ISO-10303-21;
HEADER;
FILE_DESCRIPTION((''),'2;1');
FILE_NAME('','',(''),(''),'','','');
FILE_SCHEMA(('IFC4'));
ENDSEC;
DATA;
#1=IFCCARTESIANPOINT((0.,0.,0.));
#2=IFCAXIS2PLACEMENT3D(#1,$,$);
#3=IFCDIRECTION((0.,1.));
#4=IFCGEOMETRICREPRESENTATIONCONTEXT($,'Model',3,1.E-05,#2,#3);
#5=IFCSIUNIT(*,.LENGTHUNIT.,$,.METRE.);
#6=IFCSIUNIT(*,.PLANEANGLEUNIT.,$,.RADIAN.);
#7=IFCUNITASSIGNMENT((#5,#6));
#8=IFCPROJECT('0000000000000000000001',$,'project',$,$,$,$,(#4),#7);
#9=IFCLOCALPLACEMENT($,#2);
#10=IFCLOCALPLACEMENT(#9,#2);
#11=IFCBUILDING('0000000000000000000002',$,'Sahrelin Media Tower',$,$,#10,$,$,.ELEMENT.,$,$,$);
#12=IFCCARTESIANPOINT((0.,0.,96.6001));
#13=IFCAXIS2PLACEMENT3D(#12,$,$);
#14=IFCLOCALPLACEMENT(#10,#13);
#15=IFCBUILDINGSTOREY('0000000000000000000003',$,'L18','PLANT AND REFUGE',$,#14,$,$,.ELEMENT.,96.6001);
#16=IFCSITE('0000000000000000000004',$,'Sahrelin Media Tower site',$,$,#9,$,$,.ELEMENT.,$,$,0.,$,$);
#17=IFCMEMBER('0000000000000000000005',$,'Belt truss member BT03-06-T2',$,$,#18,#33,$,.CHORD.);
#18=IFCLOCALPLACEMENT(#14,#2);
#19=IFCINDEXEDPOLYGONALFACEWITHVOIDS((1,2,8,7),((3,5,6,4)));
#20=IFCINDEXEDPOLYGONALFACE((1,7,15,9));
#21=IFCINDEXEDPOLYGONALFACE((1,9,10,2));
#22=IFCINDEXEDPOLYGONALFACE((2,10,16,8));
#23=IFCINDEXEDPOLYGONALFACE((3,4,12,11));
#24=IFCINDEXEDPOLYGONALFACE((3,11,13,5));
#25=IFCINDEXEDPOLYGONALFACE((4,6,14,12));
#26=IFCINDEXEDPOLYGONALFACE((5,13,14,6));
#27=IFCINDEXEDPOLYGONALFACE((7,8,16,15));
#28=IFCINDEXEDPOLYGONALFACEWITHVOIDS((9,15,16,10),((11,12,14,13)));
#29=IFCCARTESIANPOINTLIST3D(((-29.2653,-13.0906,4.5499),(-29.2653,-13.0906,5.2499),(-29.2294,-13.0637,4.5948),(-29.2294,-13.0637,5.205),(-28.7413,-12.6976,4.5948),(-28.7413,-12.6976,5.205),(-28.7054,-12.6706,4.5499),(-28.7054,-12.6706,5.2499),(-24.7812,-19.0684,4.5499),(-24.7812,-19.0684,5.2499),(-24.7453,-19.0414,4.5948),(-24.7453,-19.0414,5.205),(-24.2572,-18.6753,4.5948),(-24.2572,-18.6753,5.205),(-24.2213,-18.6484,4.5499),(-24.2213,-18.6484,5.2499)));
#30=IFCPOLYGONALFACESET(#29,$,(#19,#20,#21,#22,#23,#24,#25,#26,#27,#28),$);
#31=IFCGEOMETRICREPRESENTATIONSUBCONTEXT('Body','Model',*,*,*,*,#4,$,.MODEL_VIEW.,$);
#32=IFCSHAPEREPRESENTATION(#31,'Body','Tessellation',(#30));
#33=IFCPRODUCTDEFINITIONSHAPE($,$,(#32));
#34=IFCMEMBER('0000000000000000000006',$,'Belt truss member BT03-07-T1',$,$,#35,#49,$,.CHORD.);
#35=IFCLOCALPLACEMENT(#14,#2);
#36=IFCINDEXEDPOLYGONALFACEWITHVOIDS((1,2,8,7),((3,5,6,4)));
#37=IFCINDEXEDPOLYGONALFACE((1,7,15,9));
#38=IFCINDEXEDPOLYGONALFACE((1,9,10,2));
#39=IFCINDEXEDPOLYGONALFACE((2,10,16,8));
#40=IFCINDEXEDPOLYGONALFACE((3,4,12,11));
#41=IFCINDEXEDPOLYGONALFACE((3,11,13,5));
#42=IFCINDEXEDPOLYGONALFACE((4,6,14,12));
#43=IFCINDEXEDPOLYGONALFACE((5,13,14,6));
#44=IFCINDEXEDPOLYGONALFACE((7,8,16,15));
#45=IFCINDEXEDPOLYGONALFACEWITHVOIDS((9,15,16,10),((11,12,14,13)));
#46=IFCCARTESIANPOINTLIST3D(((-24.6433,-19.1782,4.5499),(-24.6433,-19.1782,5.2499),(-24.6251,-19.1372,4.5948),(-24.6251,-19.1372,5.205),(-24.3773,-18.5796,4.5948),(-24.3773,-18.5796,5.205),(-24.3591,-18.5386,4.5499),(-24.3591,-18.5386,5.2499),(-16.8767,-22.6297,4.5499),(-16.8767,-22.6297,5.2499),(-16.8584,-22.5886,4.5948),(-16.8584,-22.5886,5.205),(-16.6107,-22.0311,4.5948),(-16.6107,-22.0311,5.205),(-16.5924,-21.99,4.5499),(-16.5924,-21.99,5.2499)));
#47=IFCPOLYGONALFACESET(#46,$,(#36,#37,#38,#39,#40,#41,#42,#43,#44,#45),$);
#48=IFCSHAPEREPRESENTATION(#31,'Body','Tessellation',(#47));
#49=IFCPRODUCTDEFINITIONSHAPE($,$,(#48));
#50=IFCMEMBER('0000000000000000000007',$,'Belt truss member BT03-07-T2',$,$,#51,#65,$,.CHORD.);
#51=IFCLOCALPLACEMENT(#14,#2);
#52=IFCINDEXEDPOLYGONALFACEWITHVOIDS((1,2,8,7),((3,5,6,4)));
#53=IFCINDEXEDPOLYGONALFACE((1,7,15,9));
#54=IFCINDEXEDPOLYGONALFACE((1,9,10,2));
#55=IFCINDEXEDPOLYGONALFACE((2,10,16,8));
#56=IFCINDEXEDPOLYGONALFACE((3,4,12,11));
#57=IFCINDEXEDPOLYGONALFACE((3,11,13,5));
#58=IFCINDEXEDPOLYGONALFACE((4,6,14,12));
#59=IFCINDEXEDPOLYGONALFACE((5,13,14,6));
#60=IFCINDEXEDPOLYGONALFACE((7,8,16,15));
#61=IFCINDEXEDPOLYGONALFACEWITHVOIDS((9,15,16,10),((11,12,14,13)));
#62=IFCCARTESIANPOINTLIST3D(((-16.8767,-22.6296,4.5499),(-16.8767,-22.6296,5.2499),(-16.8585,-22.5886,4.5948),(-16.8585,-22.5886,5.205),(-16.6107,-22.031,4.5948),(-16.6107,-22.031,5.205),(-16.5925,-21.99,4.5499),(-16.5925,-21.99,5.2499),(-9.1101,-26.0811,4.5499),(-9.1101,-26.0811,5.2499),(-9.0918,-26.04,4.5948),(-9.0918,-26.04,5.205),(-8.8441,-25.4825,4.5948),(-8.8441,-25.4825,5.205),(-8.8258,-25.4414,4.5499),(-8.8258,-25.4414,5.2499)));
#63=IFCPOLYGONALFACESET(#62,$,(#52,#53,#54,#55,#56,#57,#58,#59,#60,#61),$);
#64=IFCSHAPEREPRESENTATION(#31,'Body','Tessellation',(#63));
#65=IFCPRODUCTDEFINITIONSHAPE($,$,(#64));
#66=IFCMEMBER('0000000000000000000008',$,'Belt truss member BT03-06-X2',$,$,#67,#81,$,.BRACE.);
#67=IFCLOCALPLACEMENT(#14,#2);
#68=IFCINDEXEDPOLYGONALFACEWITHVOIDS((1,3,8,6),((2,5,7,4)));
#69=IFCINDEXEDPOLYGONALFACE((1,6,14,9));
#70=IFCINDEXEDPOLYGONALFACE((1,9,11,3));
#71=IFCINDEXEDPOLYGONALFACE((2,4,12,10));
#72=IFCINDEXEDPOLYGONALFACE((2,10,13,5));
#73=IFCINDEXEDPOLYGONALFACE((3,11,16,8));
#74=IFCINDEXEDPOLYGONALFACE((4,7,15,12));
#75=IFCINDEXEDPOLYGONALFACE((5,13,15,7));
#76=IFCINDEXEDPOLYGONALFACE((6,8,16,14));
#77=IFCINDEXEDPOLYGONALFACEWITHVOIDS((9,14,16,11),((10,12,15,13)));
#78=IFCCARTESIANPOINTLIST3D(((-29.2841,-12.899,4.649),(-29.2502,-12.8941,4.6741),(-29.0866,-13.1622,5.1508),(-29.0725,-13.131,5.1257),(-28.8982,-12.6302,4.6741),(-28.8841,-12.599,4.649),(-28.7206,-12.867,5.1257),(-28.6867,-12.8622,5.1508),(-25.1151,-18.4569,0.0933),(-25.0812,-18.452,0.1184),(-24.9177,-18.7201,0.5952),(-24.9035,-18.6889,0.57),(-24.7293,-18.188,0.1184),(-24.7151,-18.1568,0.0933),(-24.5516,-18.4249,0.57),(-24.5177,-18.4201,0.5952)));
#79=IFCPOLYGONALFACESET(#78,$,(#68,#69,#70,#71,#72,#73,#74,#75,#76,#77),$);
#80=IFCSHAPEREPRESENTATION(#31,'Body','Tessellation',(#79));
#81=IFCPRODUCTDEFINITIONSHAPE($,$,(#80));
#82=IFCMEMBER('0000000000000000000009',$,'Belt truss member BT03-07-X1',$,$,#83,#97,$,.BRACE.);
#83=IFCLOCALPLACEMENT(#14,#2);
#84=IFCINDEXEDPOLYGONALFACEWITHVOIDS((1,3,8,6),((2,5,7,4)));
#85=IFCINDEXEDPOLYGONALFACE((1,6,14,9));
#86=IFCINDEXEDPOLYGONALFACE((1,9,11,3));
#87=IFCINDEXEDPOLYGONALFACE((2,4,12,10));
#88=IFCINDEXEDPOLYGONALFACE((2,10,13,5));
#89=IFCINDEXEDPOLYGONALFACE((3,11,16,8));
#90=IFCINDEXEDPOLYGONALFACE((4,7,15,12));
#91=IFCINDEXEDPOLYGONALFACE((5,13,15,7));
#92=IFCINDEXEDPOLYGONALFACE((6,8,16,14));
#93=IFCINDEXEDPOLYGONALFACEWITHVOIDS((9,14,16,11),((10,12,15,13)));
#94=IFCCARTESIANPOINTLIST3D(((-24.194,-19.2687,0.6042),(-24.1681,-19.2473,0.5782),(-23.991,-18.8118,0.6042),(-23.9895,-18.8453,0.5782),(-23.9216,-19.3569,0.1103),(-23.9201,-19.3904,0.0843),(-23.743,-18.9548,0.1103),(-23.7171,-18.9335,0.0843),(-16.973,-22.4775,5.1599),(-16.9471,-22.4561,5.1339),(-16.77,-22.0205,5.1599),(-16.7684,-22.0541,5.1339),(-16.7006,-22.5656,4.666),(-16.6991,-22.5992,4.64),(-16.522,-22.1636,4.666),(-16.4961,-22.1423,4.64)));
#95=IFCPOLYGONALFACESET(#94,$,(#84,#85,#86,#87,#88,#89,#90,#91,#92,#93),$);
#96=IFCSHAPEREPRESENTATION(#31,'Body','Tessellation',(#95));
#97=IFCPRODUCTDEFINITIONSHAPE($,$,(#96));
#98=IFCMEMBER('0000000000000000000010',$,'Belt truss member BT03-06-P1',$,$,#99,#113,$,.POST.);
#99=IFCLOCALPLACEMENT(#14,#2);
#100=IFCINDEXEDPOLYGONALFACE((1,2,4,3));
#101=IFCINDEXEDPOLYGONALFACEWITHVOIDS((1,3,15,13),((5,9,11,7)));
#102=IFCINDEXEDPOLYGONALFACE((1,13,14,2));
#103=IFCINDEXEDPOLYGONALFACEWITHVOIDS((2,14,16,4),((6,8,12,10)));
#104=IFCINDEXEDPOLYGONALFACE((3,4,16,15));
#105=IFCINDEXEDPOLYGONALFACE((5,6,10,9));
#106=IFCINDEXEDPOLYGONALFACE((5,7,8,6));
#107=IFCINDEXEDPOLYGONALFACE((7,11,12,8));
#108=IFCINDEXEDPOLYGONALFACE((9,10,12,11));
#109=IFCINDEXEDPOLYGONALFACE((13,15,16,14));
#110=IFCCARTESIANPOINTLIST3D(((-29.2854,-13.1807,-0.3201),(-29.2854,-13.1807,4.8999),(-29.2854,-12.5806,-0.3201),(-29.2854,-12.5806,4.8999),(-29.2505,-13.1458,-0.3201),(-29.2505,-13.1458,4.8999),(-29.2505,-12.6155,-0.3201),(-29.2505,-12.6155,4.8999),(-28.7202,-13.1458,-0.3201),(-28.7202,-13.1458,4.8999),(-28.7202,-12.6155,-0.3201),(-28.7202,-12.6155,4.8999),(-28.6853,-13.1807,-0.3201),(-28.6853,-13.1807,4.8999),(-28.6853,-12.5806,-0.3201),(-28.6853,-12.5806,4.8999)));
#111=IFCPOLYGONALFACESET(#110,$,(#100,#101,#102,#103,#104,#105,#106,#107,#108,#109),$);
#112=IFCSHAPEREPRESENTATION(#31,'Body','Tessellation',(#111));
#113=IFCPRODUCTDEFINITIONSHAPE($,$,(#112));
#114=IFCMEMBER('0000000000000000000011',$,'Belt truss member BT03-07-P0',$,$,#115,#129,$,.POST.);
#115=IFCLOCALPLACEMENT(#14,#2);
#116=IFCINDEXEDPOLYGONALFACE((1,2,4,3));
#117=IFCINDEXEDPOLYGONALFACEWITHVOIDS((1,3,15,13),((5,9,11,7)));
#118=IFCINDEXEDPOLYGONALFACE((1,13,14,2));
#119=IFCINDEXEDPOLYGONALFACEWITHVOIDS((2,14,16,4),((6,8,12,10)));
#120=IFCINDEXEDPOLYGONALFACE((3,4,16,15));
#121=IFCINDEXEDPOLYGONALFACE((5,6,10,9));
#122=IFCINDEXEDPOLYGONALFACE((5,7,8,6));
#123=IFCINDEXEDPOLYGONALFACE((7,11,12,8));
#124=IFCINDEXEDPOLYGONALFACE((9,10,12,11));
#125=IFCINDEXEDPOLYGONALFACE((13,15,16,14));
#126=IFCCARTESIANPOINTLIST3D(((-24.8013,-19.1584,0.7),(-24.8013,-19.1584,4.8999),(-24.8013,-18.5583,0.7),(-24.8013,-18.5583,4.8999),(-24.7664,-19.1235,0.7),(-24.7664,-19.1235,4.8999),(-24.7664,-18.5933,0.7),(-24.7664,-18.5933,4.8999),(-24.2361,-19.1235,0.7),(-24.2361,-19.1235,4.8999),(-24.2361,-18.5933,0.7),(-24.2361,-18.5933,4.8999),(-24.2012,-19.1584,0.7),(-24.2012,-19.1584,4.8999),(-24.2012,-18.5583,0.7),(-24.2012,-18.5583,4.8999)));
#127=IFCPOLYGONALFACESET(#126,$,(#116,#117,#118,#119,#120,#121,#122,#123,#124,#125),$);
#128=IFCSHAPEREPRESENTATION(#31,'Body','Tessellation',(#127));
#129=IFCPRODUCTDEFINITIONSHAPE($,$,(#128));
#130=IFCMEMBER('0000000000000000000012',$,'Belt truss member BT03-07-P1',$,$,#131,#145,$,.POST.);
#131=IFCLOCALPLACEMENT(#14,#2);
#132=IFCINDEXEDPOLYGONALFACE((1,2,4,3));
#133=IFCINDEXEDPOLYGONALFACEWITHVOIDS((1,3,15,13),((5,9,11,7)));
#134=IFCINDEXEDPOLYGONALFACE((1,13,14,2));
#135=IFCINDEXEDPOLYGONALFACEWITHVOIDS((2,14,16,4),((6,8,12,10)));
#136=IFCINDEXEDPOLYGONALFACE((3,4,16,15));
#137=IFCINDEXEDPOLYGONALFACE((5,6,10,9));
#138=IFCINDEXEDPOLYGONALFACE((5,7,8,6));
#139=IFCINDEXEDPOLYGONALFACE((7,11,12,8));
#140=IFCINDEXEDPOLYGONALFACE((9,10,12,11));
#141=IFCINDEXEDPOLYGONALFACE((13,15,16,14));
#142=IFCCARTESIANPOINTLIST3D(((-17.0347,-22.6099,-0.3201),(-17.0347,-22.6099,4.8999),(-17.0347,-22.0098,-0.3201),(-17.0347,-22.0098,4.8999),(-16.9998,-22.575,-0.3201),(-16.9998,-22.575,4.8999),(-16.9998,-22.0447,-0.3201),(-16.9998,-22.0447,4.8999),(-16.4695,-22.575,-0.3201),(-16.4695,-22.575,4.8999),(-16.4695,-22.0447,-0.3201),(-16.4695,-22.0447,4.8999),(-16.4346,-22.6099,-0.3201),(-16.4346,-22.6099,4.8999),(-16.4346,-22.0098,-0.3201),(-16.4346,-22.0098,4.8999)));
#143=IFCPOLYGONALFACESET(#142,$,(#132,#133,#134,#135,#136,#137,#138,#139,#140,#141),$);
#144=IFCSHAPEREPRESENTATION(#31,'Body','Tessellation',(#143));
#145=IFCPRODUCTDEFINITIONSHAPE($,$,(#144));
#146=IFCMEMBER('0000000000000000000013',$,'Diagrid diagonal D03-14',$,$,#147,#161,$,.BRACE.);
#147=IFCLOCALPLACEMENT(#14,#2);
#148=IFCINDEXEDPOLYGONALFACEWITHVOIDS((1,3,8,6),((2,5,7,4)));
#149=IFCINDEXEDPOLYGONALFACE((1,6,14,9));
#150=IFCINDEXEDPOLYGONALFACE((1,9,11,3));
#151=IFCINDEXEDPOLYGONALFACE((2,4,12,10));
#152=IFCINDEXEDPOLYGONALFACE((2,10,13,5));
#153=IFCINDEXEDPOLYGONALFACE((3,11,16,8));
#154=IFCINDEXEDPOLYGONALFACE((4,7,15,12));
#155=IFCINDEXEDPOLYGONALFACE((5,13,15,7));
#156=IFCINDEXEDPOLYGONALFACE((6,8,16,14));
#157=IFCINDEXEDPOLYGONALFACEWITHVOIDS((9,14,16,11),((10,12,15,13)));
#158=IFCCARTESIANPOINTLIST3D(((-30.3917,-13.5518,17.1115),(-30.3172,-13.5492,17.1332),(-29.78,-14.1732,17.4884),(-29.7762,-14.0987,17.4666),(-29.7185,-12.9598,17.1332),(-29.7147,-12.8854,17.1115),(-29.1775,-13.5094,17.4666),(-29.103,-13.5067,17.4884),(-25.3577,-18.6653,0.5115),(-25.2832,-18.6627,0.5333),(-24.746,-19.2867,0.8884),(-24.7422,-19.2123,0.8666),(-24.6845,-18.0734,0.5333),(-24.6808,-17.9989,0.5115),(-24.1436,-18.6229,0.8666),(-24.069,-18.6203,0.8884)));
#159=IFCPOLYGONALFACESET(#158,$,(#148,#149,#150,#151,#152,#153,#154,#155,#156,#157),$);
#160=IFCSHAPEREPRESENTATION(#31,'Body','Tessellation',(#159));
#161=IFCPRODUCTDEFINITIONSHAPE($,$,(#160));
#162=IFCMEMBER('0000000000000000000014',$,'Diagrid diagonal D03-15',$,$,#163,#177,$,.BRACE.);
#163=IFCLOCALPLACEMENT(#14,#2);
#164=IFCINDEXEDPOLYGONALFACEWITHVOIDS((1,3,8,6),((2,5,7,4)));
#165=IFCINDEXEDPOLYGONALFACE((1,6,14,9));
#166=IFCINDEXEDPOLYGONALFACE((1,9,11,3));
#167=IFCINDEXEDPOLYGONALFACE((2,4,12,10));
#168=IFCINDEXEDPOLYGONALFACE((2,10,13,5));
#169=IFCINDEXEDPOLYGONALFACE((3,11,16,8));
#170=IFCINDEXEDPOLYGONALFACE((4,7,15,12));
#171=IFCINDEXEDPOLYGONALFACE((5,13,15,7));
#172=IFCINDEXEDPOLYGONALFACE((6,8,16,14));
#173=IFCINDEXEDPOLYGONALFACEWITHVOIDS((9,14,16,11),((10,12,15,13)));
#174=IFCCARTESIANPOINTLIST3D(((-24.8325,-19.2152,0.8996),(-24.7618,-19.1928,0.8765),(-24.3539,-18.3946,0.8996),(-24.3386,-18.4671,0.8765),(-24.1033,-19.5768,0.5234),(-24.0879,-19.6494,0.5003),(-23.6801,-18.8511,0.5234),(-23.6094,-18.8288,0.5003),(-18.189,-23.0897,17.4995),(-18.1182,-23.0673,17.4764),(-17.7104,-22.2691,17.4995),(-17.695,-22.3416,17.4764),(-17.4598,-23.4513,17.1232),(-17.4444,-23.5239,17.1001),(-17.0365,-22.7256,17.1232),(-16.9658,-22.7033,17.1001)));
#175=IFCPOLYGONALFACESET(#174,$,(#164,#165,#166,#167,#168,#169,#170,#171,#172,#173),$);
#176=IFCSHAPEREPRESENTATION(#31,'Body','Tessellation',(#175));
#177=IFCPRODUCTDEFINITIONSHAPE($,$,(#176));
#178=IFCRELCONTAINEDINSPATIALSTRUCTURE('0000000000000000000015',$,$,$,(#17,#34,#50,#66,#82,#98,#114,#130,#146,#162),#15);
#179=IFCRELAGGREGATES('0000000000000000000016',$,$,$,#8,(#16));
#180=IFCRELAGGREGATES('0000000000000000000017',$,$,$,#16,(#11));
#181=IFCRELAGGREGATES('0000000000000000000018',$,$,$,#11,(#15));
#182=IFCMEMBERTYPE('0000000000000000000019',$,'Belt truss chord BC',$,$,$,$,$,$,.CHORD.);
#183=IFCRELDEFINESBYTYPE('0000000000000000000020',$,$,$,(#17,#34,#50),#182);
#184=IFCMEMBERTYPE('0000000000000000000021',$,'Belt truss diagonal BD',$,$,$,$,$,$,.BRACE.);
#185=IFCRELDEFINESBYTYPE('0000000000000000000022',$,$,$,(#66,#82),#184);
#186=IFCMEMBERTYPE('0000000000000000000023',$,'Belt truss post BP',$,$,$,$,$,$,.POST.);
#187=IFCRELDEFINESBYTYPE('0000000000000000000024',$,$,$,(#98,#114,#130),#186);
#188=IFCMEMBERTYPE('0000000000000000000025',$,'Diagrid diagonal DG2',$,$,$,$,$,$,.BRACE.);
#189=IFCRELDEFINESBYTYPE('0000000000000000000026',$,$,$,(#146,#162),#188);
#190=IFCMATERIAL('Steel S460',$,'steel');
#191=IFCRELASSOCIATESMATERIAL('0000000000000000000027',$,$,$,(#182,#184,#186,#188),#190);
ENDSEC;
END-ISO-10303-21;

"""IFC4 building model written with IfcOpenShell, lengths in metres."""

from ifc_helpers import new_model, si_unit, direction, frame, origin, origin_2d, place, context, subcontext, project, spatial, hollow_rectangle, extrude, material, material_profile, profile_set, type_object, element, save


model = new_model("IFC4")

# Units and contexts
model_context = context("Model", 3, precision=1e-05, world=origin(), true_north=direction((0.0, 1.0)))
body_context = subcontext(model_context, "Body", "Model", "MODEL_VIEW")
ifc_project = project(units=[si_unit("LENGTHUNIT", "METRE"), si_unit("PLANEANGLEUNIT", "RADIAN")], contexts=[model_context])

# Site, building, storey
site_placement = place(None, origin())
site = spatial("IfcSite", under=ifc_project, at=site_placement, Name="Sahrelin Media Tower site", CompositionType="ELEMENT", RefElevation=0.0)
building_placement = place(site_placement, origin())
building = spatial("IfcBuilding", under=site, at=building_placement, Name="Sahrelin Media Tower", CompositionType="ELEMENT")
storey_placement = place(building_placement, frame((0.0, 0.0, 96.6001)))
storey = spatial("IfcBuildingStorey", under=building, at=storey_placement, Name="L18", Description="PLANT AND REFUGE", CompositionType="ELEMENT", Elevation=96.6001)

# Members
ifc_material_1 = material(Name="Steel S460", Category="steel")
ifc_material_profile_1 = material_profile(ifc_material_1, hollow_rectangle(XDim=0.7, YDim=0.7, WallThickness=0.0449, at=origin_2d()), Name="Belt truss chord BC")
ifc_profile_set_1 = profile_set([ifc_material_profile_1], Name="Steel S460")
member_type_1 = type_object("IfcMemberType", Name="Belt truss chord BC", PredefinedType="CHORD", material=ifc_profile_set_1)
member_1_placement = place(storey_placement, frame((-28.9854, -12.8806, 4.8999), z_axis=(0.600068, -0.799949, 0.0), x_axis=(0.799949, 0.600068, 0.0)))
element("IfcMember", 1, at=member_1_placement, inside=storey, type_object=member_type_1, Name="Belt truss member BT03-06-T2", PredefinedType="CHORD", context=body_context, shape_type="SweptSolid", body=[
    extrude(hollow_rectangle(XDim=0.7, YDim=0.7, WallThickness=0.0449, at=origin_2d()), origin(), (0.0, 0.0, 1.0), 7.4727),
])
for number, where, z_axis, x_axis, name in (
    (2, (-24.5012, -18.8584, 4.8999), (0.913829, -0.406098, 0.0), (0.406098, 0.913829, 0.0), "Belt truss member BT03-07-T1"),
    (3, (-16.7346, -22.3098, 4.8999), (0.913829, -0.406098, 0.0), (0.406098, 0.913829, 0.0), "Belt truss member BT03-07-T2"),
):
    element("IfcMember", number, at=place(storey_placement, frame(where, z_axis=z_axis, x_axis=x_axis)), inside=storey, type_object=member_type_1, Name=name, PredefinedType="CHORD", context=body_context, shape_type="SweptSolid", body=[
        extrude(hollow_rectangle(XDim=0.7, YDim=0.7, WallThickness=0.0449, at=origin_2d()), origin(), (0.0, 0.0, 1.0), 8.499),
    ])
ifc_material_profile_2 = material_profile(ifc_material_1, hollow_rectangle(XDim=0.5, YDim=0.6001, WallThickness=0.03, at=origin_2d()), Name="Belt truss diagonal BD")
ifc_profile_set_2 = profile_set([ifc_material_profile_2], Name="Steel S460")
member_type_2 = type_object("IfcMemberType", Name="Belt truss diagonal BD", PredefinedType="BRACE", material=ifc_profile_set_2)
member_2_placement = place(storey_placement, frame((-24.8164, -18.4385, 0.3442), z_axis=(-0.501795, 0.668972, 0.548342), x_axis=(-0.799962, -0.600051, 0.0)))
element("IfcMember", 4, at=member_2_placement, inside=storey, type_object=member_type_2, Name="Belt truss member BT03-06-X2", PredefinedType="BRACE", context=body_context, shape_type="SweptSolid", body=[
    extrude(hollow_rectangle(XDim=0.5, YDim=0.6001, WallThickness=0.03, at=origin_2d()), origin(), (0.0, 0.0, 1.0), 8.3081),
])
member_3_placement = place(storey_placement, frame((-23.9556, -19.1011, 0.3442), z_axis=(0.791686, -0.351798, 0.499471), x_axis=(0.406078, 0.913838, 0.0)))
element("IfcMember", 5, at=member_3_placement, inside=storey, type_object=member_type_2, Name="Belt truss member BT03-07-X1", PredefinedType="BRACE", context=body_context, shape_type="SweptSolid", body=[
    extrude(hollow_rectangle(XDim=0.5, YDim=0.6001, WallThickness=0.03, at=origin_2d()), origin(), (0.0, 0.0, 1.0), 9.1211),
])
ifc_material_profile_3 = material_profile(ifc_material_1, hollow_rectangle(XDim=0.6001, YDim=0.6001, WallThickness=0.0349, at=origin_2d()), Name="Belt truss post BP")
ifc_profile_set_3 = profile_set([ifc_material_profile_3], Name="Steel S460")
member_type_3 = type_object("IfcMemberType", Name="Belt truss post BP", PredefinedType="POST", material=ifc_profile_set_3)
member_4_placement = place(storey_placement, frame((-28.9854, -12.8806, -0.3201), z_axis=(0.0, 0.0, 1.0), x_axis=(1.0, 0.0, 0.0)))
element("IfcMember", 6, at=member_4_placement, inside=storey, type_object=member_type_3, Name="Belt truss member BT03-06-P1", PredefinedType="POST", context=body_context, shape_type="SweptSolid", body=[
    extrude(hollow_rectangle(XDim=0.6001, YDim=0.6001, WallThickness=0.0349, at=origin_2d()), origin(), (0.0, 0.0, 1.0), 5.22),
])
member_5_placement = place(storey_placement, frame((-24.5012, -18.8584, 0.7), z_axis=(0.0, 0.0, 1.0), x_axis=(1.0, 0.0, 0.0)))
element("IfcMember", 7, at=member_5_placement, inside=storey, type_object=member_type_3, Name="Belt truss member BT03-07-P0", PredefinedType="POST", context=body_context, shape_type="SweptSolid", body=[
    extrude(hollow_rectangle(XDim=0.6001, YDim=0.6001, WallThickness=0.0349, at=origin_2d()), origin(), (0.0, 0.0, 1.0), 4.2),
])
member_6_placement = place(storey_placement, frame((-16.7346, -22.3098, -0.3201), z_axis=(0.0, 0.0, 1.0), x_axis=(1.0, 0.0, 0.0)))
element("IfcMember", 8, at=member_6_placement, inside=storey, type_object=member_type_3, Name="Belt truss member BT03-07-P1", PredefinedType="POST", context=body_context, shape_type="SweptSolid", body=[
    extrude(hollow_rectangle(XDim=0.6001, YDim=0.6001, WallThickness=0.0349, at=origin_2d()), origin(), (0.0, 0.0, 1.0), 5.22),
])
ifc_material_profile_4 = material_profile(ifc_material_1, hollow_rectangle(XDim=0.95, YDim=0.95, WallThickness=0.0549, at=origin_2d()), Name="Diagrid diagonal DG2")
ifc_profile_set_4 = profile_set([ifc_material_profile_4], Name="Steel S460")
member_type_4 = type_object("IfcMemberType", Name="Diagrid diagonal DG2", PredefinedType="BRACE", material=ifc_profile_set_4)
member_7_placement = place(storey_placement, frame((-24.7134, -18.6428, 0.7), z_axis=(-0.278359, 0.28276, 0.917913), x_axis=(-0.712631, -0.701539, 0.0)))
element("IfcMember", 9, at=member_7_placement, inside=storey, type_object=member_type_4, Name="Diagrid diagonal D03-14", PredefinedType="BRACE", context=body_context, shape_type="SweptSolid", body=[
    extrude(hollow_rectangle(XDim=0.95, YDim=0.95, WallThickness=0.0549, at=origin_2d()), origin(), (0.0, 0.0, 1.0), 18.0845),
])
member_8_placement = place(storey_placement, frame((-24.2209, -19.022, 0.7), z_axis=(0.363137, -0.211781, 0.907348), x_axis=(0.503784, 0.86383, 0.0)))
element("IfcMember", 10, at=member_8_placement, inside=storey, type_object=member_type_4, Name="Diagrid diagonal D03-15", PredefinedType="BRACE", context=body_context, shape_type="SweptSolid", body=[
    extrude(hollow_rectangle(XDim=0.95, YDim=0.95, WallThickness=0.0549, at=origin_2d()), origin(), (0.0, 0.0, 1.0), 18.2949),
])

save(model, "model.ifc")
